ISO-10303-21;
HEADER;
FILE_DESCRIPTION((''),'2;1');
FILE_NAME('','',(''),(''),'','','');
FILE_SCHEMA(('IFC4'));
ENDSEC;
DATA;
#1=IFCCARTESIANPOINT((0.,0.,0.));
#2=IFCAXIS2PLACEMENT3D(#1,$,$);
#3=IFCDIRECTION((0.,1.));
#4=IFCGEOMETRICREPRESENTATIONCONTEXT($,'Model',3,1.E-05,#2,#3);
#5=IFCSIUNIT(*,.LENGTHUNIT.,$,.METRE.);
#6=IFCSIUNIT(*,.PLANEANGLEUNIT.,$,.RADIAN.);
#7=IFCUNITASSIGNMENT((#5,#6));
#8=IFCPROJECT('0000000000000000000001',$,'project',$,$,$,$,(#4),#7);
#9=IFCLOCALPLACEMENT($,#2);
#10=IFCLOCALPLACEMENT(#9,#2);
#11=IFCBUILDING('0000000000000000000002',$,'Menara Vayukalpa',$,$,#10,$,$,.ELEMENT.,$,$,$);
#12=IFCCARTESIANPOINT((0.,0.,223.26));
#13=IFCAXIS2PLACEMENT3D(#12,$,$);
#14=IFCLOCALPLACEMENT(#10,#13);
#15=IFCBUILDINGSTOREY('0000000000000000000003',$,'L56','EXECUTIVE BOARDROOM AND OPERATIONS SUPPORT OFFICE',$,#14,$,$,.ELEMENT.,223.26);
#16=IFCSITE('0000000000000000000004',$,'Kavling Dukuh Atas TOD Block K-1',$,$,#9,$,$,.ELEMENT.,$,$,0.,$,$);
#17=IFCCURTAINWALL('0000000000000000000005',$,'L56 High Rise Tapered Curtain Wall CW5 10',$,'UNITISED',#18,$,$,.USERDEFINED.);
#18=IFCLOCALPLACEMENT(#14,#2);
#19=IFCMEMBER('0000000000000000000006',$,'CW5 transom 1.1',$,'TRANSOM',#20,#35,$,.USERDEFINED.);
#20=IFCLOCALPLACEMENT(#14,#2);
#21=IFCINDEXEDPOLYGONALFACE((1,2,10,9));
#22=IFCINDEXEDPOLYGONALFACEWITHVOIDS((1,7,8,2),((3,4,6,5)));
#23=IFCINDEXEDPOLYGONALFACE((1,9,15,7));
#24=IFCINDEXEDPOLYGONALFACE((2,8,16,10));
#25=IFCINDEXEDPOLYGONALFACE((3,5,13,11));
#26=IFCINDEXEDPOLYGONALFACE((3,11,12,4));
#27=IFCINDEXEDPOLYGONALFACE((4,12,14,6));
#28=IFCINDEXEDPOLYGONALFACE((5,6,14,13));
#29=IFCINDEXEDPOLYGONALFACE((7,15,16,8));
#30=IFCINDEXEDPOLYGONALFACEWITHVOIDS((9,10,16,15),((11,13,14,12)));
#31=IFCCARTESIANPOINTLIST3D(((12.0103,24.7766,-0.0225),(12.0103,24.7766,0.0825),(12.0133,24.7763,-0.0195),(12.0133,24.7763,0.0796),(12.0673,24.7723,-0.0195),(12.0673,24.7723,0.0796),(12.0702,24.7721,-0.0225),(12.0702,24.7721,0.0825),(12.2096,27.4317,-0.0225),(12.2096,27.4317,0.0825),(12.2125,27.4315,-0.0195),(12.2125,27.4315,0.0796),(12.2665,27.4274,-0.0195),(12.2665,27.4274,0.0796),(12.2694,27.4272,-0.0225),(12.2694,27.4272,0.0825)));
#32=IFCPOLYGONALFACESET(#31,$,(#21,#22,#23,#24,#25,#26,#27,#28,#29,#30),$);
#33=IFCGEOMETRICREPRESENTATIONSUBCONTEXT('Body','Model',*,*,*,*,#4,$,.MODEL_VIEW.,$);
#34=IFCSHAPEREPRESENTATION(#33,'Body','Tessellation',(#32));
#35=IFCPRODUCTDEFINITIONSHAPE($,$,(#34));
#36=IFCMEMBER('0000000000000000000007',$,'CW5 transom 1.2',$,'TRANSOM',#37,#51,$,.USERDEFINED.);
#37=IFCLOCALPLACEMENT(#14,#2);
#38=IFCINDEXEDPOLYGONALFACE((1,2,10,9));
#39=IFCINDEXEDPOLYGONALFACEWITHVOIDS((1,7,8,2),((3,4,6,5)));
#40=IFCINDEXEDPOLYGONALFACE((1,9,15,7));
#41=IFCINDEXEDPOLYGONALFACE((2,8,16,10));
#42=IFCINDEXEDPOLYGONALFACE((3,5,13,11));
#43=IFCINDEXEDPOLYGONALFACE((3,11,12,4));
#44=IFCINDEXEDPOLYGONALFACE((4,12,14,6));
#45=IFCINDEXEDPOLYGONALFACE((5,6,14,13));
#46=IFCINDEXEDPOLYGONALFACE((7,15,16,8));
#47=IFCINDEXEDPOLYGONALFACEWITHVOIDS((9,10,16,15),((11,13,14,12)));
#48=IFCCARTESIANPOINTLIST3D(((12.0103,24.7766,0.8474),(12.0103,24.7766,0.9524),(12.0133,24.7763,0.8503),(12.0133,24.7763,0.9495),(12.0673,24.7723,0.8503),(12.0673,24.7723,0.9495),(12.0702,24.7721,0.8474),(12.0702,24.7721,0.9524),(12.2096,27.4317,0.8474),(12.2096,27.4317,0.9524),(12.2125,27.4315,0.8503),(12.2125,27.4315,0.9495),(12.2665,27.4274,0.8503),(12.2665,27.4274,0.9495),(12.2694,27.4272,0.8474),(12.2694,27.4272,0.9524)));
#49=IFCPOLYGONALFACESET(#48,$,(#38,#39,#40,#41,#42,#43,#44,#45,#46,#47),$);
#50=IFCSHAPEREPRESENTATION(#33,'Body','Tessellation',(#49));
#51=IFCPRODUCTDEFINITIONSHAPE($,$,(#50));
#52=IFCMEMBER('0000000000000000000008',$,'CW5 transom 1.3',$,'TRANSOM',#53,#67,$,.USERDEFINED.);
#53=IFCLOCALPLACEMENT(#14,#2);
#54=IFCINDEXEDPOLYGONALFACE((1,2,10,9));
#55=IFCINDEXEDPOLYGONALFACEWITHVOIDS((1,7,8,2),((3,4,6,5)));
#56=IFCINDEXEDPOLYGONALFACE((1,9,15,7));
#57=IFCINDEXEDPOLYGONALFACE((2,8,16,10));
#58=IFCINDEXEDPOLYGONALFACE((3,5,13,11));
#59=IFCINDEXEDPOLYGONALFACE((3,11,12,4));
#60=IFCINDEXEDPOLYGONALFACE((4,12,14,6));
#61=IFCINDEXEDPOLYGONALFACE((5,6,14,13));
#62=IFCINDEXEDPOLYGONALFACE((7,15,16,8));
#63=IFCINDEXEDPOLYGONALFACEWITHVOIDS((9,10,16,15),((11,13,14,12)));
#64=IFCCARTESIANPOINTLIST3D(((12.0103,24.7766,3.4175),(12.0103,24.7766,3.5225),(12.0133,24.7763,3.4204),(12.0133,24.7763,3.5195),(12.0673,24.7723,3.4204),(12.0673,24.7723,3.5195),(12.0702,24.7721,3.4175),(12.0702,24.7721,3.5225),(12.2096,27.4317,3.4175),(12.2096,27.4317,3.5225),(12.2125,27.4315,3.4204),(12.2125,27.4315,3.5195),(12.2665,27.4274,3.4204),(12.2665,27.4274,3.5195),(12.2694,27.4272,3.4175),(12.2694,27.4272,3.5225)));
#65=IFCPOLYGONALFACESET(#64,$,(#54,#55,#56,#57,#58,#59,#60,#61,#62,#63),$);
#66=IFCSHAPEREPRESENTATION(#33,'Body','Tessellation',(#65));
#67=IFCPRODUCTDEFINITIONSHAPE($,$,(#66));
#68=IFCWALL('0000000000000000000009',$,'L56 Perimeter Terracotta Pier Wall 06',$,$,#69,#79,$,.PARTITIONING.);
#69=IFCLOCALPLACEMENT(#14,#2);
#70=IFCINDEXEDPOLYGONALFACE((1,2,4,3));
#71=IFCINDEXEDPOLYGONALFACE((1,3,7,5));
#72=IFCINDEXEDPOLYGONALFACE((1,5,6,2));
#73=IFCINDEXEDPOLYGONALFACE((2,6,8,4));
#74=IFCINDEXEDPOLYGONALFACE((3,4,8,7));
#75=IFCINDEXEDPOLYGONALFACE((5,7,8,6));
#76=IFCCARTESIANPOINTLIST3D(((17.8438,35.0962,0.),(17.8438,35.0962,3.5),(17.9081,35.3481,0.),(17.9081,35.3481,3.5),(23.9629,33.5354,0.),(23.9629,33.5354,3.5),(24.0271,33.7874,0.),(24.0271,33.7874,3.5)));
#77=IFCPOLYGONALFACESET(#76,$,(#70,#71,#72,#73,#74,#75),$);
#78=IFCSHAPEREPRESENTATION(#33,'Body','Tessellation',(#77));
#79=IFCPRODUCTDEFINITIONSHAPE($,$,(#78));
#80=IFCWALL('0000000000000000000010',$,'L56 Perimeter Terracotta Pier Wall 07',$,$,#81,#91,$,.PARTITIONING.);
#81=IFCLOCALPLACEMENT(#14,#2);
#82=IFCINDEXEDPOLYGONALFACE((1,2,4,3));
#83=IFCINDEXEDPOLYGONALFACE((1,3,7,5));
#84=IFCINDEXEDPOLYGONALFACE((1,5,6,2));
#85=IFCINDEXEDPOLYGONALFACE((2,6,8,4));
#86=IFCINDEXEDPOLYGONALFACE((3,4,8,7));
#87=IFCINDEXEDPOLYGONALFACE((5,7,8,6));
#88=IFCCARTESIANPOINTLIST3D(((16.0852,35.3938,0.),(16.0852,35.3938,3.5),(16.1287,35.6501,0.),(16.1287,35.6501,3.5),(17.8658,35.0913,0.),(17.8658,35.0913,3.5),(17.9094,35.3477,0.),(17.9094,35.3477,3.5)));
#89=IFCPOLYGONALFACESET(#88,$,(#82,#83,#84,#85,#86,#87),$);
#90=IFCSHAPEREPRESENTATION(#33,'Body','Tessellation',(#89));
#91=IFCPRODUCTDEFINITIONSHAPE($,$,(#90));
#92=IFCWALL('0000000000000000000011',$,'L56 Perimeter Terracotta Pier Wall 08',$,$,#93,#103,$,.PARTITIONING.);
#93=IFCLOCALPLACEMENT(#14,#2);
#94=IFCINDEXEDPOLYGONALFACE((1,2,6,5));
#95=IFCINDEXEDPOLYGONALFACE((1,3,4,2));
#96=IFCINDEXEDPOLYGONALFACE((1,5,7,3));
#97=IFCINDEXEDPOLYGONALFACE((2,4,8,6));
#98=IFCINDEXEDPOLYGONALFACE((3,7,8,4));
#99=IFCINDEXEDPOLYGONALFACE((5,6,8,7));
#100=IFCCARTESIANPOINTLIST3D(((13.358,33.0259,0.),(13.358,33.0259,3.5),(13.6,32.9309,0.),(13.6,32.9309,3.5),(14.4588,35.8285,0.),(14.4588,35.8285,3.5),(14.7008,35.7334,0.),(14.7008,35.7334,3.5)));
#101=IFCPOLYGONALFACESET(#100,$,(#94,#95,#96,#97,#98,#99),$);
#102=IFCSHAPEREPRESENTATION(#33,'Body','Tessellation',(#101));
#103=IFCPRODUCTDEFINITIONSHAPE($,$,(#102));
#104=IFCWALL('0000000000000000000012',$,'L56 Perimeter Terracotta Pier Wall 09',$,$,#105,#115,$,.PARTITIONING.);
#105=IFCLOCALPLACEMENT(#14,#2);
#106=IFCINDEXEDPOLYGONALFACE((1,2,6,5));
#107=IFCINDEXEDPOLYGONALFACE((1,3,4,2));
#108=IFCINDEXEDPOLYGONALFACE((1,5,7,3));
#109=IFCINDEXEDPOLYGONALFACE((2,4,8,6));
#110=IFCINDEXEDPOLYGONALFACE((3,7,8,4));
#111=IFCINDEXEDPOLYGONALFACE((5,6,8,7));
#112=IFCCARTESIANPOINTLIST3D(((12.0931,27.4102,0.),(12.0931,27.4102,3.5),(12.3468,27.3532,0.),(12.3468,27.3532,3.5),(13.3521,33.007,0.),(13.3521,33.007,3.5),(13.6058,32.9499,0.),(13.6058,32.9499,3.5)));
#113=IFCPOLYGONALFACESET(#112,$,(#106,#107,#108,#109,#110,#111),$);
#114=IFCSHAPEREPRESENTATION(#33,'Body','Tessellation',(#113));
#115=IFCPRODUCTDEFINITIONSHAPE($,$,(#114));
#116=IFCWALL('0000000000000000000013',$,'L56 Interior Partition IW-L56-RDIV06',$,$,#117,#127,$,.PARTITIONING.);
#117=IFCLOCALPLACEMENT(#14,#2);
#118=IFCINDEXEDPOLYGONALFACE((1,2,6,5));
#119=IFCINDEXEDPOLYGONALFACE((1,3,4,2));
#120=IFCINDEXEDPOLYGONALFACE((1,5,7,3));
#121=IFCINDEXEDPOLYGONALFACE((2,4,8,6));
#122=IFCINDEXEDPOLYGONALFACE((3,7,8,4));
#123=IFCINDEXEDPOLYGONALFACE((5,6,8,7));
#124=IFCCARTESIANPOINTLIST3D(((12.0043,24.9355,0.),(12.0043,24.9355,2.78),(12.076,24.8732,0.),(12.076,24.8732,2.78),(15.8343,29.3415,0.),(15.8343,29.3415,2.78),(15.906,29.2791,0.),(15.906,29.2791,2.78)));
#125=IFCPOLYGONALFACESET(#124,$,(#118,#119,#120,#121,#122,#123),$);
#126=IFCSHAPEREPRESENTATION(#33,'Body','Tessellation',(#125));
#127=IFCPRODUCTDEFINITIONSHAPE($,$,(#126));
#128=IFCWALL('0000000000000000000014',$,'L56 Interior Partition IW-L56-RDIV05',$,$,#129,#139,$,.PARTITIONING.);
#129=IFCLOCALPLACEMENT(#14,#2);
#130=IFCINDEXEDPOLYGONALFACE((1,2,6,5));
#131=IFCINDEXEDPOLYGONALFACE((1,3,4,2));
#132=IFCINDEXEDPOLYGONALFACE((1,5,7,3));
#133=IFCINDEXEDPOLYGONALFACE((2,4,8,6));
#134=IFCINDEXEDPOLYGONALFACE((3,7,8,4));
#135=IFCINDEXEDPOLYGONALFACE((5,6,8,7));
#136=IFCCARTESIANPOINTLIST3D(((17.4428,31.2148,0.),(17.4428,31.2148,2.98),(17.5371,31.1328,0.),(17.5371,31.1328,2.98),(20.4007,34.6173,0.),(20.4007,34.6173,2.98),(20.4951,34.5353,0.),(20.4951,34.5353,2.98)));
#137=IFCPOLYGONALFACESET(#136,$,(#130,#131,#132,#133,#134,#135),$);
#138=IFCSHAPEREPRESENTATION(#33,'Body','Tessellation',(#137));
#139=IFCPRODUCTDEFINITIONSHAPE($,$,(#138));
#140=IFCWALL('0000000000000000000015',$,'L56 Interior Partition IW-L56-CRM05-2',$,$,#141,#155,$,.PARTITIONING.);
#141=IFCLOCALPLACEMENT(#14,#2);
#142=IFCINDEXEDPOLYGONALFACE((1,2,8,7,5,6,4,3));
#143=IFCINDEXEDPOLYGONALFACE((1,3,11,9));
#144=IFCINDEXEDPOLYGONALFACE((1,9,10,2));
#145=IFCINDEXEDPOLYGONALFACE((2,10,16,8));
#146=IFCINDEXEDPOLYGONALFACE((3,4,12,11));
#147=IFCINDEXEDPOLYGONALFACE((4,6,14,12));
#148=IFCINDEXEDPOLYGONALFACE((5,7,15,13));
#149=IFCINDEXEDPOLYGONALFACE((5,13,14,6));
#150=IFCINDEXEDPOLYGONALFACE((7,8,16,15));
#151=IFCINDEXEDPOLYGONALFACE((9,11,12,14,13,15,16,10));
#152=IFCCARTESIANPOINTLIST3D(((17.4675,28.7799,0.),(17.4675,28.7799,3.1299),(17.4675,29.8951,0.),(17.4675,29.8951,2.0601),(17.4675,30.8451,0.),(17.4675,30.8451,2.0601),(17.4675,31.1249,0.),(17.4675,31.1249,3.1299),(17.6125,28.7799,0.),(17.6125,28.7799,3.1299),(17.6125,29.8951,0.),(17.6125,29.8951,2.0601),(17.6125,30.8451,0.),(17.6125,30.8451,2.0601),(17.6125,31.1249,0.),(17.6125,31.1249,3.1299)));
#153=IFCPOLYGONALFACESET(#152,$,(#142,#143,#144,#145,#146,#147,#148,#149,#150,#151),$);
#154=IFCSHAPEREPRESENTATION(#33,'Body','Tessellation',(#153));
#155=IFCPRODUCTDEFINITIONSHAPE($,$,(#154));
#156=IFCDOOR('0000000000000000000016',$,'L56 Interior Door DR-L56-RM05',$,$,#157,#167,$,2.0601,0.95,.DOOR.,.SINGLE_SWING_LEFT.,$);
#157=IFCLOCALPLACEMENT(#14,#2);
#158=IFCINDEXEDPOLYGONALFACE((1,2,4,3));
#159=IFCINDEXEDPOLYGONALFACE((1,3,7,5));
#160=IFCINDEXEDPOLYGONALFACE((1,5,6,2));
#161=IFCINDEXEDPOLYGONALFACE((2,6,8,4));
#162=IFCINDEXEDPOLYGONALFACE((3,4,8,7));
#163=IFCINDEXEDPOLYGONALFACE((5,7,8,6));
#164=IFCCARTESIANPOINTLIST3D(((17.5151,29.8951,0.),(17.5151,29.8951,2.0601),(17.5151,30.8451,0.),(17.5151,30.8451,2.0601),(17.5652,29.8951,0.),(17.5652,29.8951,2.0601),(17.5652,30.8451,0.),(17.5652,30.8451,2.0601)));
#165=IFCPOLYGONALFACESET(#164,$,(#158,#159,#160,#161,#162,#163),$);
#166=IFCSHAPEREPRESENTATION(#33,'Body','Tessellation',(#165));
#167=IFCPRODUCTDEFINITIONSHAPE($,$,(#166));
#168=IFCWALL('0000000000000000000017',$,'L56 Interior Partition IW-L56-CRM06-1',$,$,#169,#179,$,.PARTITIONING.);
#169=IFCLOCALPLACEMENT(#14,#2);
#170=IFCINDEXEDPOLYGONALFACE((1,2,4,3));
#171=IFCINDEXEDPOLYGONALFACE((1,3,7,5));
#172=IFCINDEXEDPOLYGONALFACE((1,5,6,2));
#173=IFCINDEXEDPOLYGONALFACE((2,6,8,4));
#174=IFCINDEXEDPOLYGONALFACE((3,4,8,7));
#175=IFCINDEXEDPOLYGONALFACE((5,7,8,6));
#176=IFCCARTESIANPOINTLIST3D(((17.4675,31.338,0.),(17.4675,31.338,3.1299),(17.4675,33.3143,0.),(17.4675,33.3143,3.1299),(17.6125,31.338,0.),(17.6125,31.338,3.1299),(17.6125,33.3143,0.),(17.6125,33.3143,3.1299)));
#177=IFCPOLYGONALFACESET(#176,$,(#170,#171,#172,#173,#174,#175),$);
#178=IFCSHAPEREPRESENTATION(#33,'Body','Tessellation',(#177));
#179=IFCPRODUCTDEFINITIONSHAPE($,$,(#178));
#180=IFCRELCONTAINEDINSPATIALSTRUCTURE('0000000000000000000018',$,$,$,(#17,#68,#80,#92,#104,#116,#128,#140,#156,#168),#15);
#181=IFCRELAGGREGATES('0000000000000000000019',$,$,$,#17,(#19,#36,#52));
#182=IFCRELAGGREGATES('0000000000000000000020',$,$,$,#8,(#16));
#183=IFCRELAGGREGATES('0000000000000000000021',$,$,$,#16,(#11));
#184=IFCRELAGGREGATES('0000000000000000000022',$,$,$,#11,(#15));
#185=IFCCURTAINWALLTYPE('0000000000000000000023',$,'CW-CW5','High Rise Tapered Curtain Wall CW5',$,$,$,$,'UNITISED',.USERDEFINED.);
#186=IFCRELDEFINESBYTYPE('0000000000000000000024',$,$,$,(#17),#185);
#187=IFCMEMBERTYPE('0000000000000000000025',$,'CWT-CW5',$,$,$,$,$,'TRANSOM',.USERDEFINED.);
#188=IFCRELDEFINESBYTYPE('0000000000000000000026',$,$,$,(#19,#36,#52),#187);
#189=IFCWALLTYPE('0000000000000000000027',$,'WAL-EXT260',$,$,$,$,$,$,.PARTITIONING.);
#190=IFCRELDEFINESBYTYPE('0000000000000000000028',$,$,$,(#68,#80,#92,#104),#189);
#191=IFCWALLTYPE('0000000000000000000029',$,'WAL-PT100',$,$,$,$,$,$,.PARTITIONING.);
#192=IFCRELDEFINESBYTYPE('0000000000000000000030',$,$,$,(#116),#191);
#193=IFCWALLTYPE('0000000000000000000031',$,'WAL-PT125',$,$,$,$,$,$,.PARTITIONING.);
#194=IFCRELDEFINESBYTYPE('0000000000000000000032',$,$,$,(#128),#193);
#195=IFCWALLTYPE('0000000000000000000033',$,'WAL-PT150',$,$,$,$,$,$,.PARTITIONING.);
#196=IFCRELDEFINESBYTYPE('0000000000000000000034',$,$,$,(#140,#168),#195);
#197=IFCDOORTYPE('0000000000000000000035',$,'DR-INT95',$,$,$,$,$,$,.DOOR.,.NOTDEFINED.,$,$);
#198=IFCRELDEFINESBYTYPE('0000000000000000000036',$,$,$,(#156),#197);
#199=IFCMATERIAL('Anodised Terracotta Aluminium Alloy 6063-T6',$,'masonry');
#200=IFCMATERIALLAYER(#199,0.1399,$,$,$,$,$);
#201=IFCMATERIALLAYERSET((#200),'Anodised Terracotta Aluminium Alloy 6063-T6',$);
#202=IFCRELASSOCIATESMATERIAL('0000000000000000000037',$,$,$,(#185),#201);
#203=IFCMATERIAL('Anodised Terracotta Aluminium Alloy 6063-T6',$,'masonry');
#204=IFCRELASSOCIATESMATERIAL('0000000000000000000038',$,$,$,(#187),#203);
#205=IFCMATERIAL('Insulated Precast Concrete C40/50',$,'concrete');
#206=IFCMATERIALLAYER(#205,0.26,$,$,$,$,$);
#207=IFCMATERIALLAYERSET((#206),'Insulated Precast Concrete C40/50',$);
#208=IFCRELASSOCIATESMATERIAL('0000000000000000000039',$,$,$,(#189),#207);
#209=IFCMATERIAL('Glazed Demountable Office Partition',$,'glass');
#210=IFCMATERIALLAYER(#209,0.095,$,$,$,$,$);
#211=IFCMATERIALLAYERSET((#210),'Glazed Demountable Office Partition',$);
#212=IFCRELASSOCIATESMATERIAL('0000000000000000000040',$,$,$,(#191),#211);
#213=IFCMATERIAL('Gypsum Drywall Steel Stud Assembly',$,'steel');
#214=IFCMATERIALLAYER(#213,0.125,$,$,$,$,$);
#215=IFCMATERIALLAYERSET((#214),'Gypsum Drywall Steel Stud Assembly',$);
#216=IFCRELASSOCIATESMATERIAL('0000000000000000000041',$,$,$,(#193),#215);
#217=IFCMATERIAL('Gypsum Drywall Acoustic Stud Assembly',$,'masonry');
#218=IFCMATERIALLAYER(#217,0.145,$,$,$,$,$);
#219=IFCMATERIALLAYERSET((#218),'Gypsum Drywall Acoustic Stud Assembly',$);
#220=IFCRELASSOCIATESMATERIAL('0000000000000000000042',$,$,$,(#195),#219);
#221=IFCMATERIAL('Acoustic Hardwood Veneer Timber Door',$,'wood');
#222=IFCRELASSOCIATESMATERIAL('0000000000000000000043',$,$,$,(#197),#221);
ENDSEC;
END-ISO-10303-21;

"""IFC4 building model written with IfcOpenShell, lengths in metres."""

from ifc_helpers import new_model, si_unit, direction, frame, frame_2d, origin, origin_2d, place, context, subcontext, project, spatial, rectangle, hollow_rectangle, extrude, material, layer, layer_set, material_profile, profile_set, type_object, element, fill, aggregate, save


model = new_model("IFC4")

# Units and contexts
model_context = context("Model", 3, precision=1e-05, world=origin(), true_north=direction((0.0, 1.0)))
body_context = subcontext(model_context, "Body", "Model", "MODEL_VIEW")
ifc_project = project(units=[si_unit("LENGTHUNIT", "METRE"), si_unit("PLANEANGLEUNIT", "RADIAN")], contexts=[model_context])

# Site, building, storey
site_placement = place(None, origin())
site = spatial("IfcSite", under=ifc_project, at=site_placement, Name="Kavling Dukuh Atas TOD Block K-1", CompositionType="ELEMENT", RefElevation=0.0)
building_placement = place(site_placement, origin())
building = spatial("IfcBuilding", under=site, at=building_placement, Name="Menara Vayukalpa", CompositionType="ELEMENT")
storey_placement = place(building_placement, frame((0.0, 0.0, 223.26)))
storey = spatial("IfcBuildingStorey", under=building, at=storey_placement, Name="L56", Description="EXECUTIVE BOARDROOM AND OPERATIONS SUPPORT OFFICE", CompositionType="ELEMENT", Elevation=223.26)

# Curtain wall, members
ifc_material_1 = material(Name="Anodised Terracotta Aluminium Alloy 6063-T6", Category="masonry")
ifc_layer_1 = layer(ifc_material_1, 0.1399)
ifc_layer_set_1 = layer_set([ifc_layer_1], Name="Anodised Terracotta Aluminium Alloy 6063-T6")
curtain_wall_type = type_object("IfcCurtainWallType", Name="CW-CW5", Description="High Rise Tapered Curtain Wall CW5", ElementType="UNITISED", PredefinedType="USERDEFINED", material=ifc_layer_set_1)
curtain_wall_placement = place(storey_placement, origin())
curtain_wall = element("IfcCurtainWall", 1, at=curtain_wall_placement, inside=storey, type_object=curtain_wall_type, Name="L56 High Rise Tapered Curtain Wall CW5 10", ObjectType="UNITISED", PredefinedType="USERDEFINED")
ifc_material_2 = material(Name="Anodised Terracotta Aluminium Alloy 6063-T6", Category="masonry")
ifc_material_profile_1 = material_profile(ifc_material_2, hollow_rectangle(XDim=0.0601, YDim=0.105, WallThickness=0.0029, at=origin_2d()), Name="ALU 60x105x3")
ifc_profile_set_1 = profile_set([ifc_material_profile_1], Name="Anodised Terracotta Aluminium Alloy 6063-T6")
member_type_1 = type_object("IfcMemberType", Name="CWT-CW5", ElementType="TRANSOM", PredefinedType="USERDEFINED", material=ifc_profile_set_1)
member_1_placement = place(storey_placement, frame((12.2395, 27.4294, 0.03), z_axis=(-0.074824, -0.997197, 0.0), x_axis=(0.997197, -0.074824, 0.0)))
member_1 = element("IfcMember", 2, at=member_1_placement, type_object=member_type_1, Name="CW5 transom 1.1", ObjectType="TRANSOM", PredefinedType="USERDEFINED", context=body_context, shape_type="SweptSolid", body=[
    extrude(hollow_rectangle(XDim=0.0601, YDim=0.105, WallThickness=0.0029, at=origin_2d()), origin(), (0.0, 0.0, 1.0), 2.6626),
])
member_2_placement = place(storey_placement, frame((12.2395, 27.4294, 0.8999), z_axis=(-0.074824, -0.997197, 0.0), x_axis=(0.997197, -0.074824, 0.0)))
member_2 = element("IfcMember", 3, at=member_2_placement, type_object=member_type_1, Name="CW5 transom 1.2", ObjectType="TRANSOM", PredefinedType="USERDEFINED", context=body_context, shape_type="SweptSolid", body=[
    extrude(hollow_rectangle(XDim=0.0601, YDim=0.105, WallThickness=0.0029, at=origin_2d()), origin(), (0.0, 0.0, 1.0), 2.6626),
])
member_3_placement = place(storey_placement, frame((12.2395, 27.4294, 3.47), z_axis=(-0.074824, -0.997197, 0.0), x_axis=(0.997197, -0.074824, 0.0)))
member_3 = element("IfcMember", 4, at=member_3_placement, type_object=member_type_1, Name="CW5 transom 1.3", ObjectType="TRANSOM", PredefinedType="USERDEFINED", context=body_context, shape_type="SweptSolid", body=[
    extrude(hollow_rectangle(XDim=0.0601, YDim=0.105, WallThickness=0.0029, at=origin_2d()), origin(), (0.0, 0.0, 1.0), 2.6626),
])
aggregate(curtain_wall, [member_1, member_2, member_3])

# Walls
ifc_material_3 = material(Name="Insulated Precast Concrete C40/50", Category="concrete")
ifc_layer_2 = layer(ifc_material_3, 0.26)
ifc_layer_set_2 = layer_set([ifc_layer_2], Name="Insulated Precast Concrete C40/50")
wall_type_1 = type_object("IfcWallType", Name="WAL-EXT260", PredefinedType="PARTITIONING", material=ifc_layer_set_2)
wall_1_placement = place(storey_placement, frame((17.876, 35.2222, 0.0), z_axis=(0.0, 0.0, 1.0), x_axis=(0.968976, -0.247154, 0.0)))
element("IfcWall", 5, at=wall_1_placement, inside=storey, type_object=wall_type_1, Name="L56 Perimeter Terracotta Pier Wall 06", PredefinedType="PARTITIONING", context=body_context, shape_type="SweptSolid", body=[
    extrude(rectangle(XDim=6.3149, YDim=0.26, at=frame_2d((3.1575, 0.0))), origin(), (0.0, 0.0, 1.0), 3.5),
])
wall_2_placement = place(storey_placement, frame((16.1069, 35.522, 0.0), z_axis=(0.0, 0.0, 1.0), x_axis=(0.985878, -0.167467, 0.0)))
element("IfcWall", 6, at=wall_2_placement, inside=storey, type_object=wall_type_1, Name="L56 Perimeter Terracotta Pier Wall 07", PredefinedType="PARTITIONING", context=body_context, shape_type="SweptSolid", body=[
    extrude(rectangle(XDim=1.8062, YDim=0.26, at=frame_2d((0.9031, 0.0))), origin(), (0.0, 0.0, 1.0), 3.5),
])
wall_3_placement = place(storey_placement, frame((13.479, 32.9785, 0.0), z_axis=(0.0, 0.0, 1.0), x_axis=(0.36561, 0.930768, 0.0)))
element("IfcWall", 7, at=wall_3_placement, inside=storey, type_object=wall_type_1, Name="L56 Perimeter Terracotta Pier Wall 08", PredefinedType="PARTITIONING", context=body_context, shape_type="SweptSolid", body=[
    extrude(rectangle(XDim=3.011, YDim=0.26, at=frame_2d((1.5054, 0.0))), origin(), (0.0, 0.0, 1.0), 3.5),
])
wall_4_placement = place(storey_placement, frame((12.22, 27.3818, 0.0), z_axis=(0.0, 0.0, 1.0), x_axis=(0.219476, 0.975618, 0.0)))
element("IfcWall", 8, at=wall_4_placement, inside=storey, type_object=wall_type_1, Name="L56 Perimeter Terracotta Pier Wall 09", PredefinedType="PARTITIONING", context=body_context, shape_type="SweptSolid", body=[
    extrude(rectangle(XDim=5.7366, YDim=0.26, at=frame_2d((2.8682, 0.0))), origin(), (0.0, 0.0, 1.0), 3.5),
])
ifc_material_4 = material(Name="Glazed Demountable Office Partition", Category="glass")
ifc_layer_3 = layer(ifc_material_4, 0.095)
ifc_layer_set_3 = layer_set([ifc_layer_3], Name="Glazed Demountable Office Partition")
wall_type_2 = type_object("IfcWallType", Name="WAL-PT100", PredefinedType="PARTITIONING", material=ifc_layer_set_3)
wall_5_placement = place(storey_placement, frame((15.8701, 29.3103, 0.0), z_axis=(0.0, 0.0, 1.0), x_axis=(-0.656059, -0.75471, 0.0)))
element("IfcWall", 9, at=wall_5_placement, inside=storey, type_object=wall_type_2, Name="L56 Interior Partition IW-L56-RDIV06", PredefinedType="PARTITIONING", context=body_context, shape_type="SweptSolid", body=[
    extrude(rectangle(XDim=5.8379, YDim=0.095, at=frame_2d((2.9189, 0.0))), origin(), (0.0, 0.0, 1.0), 2.78),
])
ifc_material_5 = material(Name="Gypsum Drywall Steel Stud Assembly", Category="steel")
ifc_layer_4 = layer(ifc_material_5, 0.125)
ifc_layer_set_4 = layer_set([ifc_layer_4], Name="Gypsum Drywall Steel Stud Assembly")
wall_type_3 = type_object("IfcWallType", Name="WAL-PT125", PredefinedType="PARTITIONING", material=ifc_layer_set_4)
wall_6_placement = place(storey_placement, frame((20.448, 34.5764, 0.0), z_axis=(0.0, 0.0, 1.0), x_axis=(-0.656082, -0.754689, 0.0)))
element("IfcWall", 10, at=wall_6_placement, inside=storey, type_object=wall_type_3, Name="L56 Interior Partition IW-L56-RDIV05", PredefinedType="PARTITIONING", context=body_context, shape_type="SweptSolid", body=[
    extrude(rectangle(XDim=4.5085, YDim=0.125, at=frame_2d((2.2544, 0.0))), origin(), (0.0, 0.0, 1.0), 2.98),
])

# Wall, opening, door
ifc_material_6 = material(Name="Gypsum Drywall Acoustic Stud Assembly", Category="masonry")
ifc_layer_5 = layer(ifc_material_6, 0.145)
ifc_layer_set_5 = layer_set([ifc_layer_5], Name="Gypsum Drywall Acoustic Stud Assembly")
wall_type_4 = type_object("IfcWallType", Name="WAL-PT150", PredefinedType="PARTITIONING", material=ifc_layer_set_5)
wall_7_placement = place(storey_placement, frame((17.54, 28.78, 0.0), z_axis=(0.0, 0.0, 1.0), x_axis=(0.0, 1.0, 0.0)))
wall_7 = element("IfcWall", 11, at=wall_7_placement, inside=storey, type_object=wall_type_4, Name="L56 Interior Partition IW-L56-CRM05-2", PredefinedType="PARTITIONING", context=body_context, shape_type="SweptSolid", body=[
    extrude(rectangle(XDim=2.345, YDim=0.145, at=frame_2d((1.1724, 0.0))), origin(), (0.0, 0.0, 1.0), 3.1299),
])
opening_1_placement = place(wall_7_placement, frame((1.115, 0.0, 0.0)))
opening_1 = element("IfcOpeningElement", 12, at=opening_1_placement, cuts=wall_7, PredefinedType="OPENING", context=body_context, shape_type="SweptSolid", body=[
    extrude(rectangle(XDim=0.95, YDim=2.0601, at=frame_2d((0.4751, 1.03))), frame((0.0, 0.0825, 0.0), z_axis=(0.0, -1.0, 0.0), x_axis=(1.0, 0.0, 0.0)), (0.0, 0.0, 1.0), 0.165),
])
ifc_material_7 = material(Name="Acoustic Hardwood Veneer Timber Door", Category="wood")
door_type_1 = type_object("IfcDoorType", Name="DR-INT95", OperationType="NOTDEFINED", PredefinedType="DOOR", material=ifc_material_7)
door_1_placement = place(opening_1_placement, origin())
door_1 = element("IfcDoor", 13, at=door_1_placement, inside=storey, type_object=door_type_1, Name="L56 Interior Door DR-L56-RM05", OperationType="SINGLE_SWING_LEFT", OverallHeight=2.0601, OverallWidth=0.95, PredefinedType="DOOR", context=body_context, shape_type="SweptSolid", body=[
    extrude(rectangle(XDim=0.95, YDim=2.0601, at=frame_2d((0.4751, 1.03))), frame((0.0, 0.0249, 0.0), z_axis=(0.0, -1.0, 0.0), x_axis=(1.0, 0.0, 0.0)), (0.0, 0.0, 1.0), 0.05),
])
fill(opening_1, door_1)

# Wall
wall_8_placement = place(storey_placement, frame((17.54, 31.3379, 0.0), z_axis=(0.0, 0.0, 1.0), x_axis=(0.0, 1.0, 0.0)))
element("IfcWall", 14, at=wall_8_placement, inside=storey, type_object=wall_type_4, Name="L56 Interior Partition IW-L56-CRM06-1", PredefinedType="PARTITIONING", context=body_context, shape_type="SweptSolid", body=[
    extrude(rectangle(XDim=1.9763, YDim=0.145, at=frame_2d((0.9883, 0.0))), origin(), (0.0, 0.0, 1.0), 3.1299),
])

save(model, "model.ifc")
